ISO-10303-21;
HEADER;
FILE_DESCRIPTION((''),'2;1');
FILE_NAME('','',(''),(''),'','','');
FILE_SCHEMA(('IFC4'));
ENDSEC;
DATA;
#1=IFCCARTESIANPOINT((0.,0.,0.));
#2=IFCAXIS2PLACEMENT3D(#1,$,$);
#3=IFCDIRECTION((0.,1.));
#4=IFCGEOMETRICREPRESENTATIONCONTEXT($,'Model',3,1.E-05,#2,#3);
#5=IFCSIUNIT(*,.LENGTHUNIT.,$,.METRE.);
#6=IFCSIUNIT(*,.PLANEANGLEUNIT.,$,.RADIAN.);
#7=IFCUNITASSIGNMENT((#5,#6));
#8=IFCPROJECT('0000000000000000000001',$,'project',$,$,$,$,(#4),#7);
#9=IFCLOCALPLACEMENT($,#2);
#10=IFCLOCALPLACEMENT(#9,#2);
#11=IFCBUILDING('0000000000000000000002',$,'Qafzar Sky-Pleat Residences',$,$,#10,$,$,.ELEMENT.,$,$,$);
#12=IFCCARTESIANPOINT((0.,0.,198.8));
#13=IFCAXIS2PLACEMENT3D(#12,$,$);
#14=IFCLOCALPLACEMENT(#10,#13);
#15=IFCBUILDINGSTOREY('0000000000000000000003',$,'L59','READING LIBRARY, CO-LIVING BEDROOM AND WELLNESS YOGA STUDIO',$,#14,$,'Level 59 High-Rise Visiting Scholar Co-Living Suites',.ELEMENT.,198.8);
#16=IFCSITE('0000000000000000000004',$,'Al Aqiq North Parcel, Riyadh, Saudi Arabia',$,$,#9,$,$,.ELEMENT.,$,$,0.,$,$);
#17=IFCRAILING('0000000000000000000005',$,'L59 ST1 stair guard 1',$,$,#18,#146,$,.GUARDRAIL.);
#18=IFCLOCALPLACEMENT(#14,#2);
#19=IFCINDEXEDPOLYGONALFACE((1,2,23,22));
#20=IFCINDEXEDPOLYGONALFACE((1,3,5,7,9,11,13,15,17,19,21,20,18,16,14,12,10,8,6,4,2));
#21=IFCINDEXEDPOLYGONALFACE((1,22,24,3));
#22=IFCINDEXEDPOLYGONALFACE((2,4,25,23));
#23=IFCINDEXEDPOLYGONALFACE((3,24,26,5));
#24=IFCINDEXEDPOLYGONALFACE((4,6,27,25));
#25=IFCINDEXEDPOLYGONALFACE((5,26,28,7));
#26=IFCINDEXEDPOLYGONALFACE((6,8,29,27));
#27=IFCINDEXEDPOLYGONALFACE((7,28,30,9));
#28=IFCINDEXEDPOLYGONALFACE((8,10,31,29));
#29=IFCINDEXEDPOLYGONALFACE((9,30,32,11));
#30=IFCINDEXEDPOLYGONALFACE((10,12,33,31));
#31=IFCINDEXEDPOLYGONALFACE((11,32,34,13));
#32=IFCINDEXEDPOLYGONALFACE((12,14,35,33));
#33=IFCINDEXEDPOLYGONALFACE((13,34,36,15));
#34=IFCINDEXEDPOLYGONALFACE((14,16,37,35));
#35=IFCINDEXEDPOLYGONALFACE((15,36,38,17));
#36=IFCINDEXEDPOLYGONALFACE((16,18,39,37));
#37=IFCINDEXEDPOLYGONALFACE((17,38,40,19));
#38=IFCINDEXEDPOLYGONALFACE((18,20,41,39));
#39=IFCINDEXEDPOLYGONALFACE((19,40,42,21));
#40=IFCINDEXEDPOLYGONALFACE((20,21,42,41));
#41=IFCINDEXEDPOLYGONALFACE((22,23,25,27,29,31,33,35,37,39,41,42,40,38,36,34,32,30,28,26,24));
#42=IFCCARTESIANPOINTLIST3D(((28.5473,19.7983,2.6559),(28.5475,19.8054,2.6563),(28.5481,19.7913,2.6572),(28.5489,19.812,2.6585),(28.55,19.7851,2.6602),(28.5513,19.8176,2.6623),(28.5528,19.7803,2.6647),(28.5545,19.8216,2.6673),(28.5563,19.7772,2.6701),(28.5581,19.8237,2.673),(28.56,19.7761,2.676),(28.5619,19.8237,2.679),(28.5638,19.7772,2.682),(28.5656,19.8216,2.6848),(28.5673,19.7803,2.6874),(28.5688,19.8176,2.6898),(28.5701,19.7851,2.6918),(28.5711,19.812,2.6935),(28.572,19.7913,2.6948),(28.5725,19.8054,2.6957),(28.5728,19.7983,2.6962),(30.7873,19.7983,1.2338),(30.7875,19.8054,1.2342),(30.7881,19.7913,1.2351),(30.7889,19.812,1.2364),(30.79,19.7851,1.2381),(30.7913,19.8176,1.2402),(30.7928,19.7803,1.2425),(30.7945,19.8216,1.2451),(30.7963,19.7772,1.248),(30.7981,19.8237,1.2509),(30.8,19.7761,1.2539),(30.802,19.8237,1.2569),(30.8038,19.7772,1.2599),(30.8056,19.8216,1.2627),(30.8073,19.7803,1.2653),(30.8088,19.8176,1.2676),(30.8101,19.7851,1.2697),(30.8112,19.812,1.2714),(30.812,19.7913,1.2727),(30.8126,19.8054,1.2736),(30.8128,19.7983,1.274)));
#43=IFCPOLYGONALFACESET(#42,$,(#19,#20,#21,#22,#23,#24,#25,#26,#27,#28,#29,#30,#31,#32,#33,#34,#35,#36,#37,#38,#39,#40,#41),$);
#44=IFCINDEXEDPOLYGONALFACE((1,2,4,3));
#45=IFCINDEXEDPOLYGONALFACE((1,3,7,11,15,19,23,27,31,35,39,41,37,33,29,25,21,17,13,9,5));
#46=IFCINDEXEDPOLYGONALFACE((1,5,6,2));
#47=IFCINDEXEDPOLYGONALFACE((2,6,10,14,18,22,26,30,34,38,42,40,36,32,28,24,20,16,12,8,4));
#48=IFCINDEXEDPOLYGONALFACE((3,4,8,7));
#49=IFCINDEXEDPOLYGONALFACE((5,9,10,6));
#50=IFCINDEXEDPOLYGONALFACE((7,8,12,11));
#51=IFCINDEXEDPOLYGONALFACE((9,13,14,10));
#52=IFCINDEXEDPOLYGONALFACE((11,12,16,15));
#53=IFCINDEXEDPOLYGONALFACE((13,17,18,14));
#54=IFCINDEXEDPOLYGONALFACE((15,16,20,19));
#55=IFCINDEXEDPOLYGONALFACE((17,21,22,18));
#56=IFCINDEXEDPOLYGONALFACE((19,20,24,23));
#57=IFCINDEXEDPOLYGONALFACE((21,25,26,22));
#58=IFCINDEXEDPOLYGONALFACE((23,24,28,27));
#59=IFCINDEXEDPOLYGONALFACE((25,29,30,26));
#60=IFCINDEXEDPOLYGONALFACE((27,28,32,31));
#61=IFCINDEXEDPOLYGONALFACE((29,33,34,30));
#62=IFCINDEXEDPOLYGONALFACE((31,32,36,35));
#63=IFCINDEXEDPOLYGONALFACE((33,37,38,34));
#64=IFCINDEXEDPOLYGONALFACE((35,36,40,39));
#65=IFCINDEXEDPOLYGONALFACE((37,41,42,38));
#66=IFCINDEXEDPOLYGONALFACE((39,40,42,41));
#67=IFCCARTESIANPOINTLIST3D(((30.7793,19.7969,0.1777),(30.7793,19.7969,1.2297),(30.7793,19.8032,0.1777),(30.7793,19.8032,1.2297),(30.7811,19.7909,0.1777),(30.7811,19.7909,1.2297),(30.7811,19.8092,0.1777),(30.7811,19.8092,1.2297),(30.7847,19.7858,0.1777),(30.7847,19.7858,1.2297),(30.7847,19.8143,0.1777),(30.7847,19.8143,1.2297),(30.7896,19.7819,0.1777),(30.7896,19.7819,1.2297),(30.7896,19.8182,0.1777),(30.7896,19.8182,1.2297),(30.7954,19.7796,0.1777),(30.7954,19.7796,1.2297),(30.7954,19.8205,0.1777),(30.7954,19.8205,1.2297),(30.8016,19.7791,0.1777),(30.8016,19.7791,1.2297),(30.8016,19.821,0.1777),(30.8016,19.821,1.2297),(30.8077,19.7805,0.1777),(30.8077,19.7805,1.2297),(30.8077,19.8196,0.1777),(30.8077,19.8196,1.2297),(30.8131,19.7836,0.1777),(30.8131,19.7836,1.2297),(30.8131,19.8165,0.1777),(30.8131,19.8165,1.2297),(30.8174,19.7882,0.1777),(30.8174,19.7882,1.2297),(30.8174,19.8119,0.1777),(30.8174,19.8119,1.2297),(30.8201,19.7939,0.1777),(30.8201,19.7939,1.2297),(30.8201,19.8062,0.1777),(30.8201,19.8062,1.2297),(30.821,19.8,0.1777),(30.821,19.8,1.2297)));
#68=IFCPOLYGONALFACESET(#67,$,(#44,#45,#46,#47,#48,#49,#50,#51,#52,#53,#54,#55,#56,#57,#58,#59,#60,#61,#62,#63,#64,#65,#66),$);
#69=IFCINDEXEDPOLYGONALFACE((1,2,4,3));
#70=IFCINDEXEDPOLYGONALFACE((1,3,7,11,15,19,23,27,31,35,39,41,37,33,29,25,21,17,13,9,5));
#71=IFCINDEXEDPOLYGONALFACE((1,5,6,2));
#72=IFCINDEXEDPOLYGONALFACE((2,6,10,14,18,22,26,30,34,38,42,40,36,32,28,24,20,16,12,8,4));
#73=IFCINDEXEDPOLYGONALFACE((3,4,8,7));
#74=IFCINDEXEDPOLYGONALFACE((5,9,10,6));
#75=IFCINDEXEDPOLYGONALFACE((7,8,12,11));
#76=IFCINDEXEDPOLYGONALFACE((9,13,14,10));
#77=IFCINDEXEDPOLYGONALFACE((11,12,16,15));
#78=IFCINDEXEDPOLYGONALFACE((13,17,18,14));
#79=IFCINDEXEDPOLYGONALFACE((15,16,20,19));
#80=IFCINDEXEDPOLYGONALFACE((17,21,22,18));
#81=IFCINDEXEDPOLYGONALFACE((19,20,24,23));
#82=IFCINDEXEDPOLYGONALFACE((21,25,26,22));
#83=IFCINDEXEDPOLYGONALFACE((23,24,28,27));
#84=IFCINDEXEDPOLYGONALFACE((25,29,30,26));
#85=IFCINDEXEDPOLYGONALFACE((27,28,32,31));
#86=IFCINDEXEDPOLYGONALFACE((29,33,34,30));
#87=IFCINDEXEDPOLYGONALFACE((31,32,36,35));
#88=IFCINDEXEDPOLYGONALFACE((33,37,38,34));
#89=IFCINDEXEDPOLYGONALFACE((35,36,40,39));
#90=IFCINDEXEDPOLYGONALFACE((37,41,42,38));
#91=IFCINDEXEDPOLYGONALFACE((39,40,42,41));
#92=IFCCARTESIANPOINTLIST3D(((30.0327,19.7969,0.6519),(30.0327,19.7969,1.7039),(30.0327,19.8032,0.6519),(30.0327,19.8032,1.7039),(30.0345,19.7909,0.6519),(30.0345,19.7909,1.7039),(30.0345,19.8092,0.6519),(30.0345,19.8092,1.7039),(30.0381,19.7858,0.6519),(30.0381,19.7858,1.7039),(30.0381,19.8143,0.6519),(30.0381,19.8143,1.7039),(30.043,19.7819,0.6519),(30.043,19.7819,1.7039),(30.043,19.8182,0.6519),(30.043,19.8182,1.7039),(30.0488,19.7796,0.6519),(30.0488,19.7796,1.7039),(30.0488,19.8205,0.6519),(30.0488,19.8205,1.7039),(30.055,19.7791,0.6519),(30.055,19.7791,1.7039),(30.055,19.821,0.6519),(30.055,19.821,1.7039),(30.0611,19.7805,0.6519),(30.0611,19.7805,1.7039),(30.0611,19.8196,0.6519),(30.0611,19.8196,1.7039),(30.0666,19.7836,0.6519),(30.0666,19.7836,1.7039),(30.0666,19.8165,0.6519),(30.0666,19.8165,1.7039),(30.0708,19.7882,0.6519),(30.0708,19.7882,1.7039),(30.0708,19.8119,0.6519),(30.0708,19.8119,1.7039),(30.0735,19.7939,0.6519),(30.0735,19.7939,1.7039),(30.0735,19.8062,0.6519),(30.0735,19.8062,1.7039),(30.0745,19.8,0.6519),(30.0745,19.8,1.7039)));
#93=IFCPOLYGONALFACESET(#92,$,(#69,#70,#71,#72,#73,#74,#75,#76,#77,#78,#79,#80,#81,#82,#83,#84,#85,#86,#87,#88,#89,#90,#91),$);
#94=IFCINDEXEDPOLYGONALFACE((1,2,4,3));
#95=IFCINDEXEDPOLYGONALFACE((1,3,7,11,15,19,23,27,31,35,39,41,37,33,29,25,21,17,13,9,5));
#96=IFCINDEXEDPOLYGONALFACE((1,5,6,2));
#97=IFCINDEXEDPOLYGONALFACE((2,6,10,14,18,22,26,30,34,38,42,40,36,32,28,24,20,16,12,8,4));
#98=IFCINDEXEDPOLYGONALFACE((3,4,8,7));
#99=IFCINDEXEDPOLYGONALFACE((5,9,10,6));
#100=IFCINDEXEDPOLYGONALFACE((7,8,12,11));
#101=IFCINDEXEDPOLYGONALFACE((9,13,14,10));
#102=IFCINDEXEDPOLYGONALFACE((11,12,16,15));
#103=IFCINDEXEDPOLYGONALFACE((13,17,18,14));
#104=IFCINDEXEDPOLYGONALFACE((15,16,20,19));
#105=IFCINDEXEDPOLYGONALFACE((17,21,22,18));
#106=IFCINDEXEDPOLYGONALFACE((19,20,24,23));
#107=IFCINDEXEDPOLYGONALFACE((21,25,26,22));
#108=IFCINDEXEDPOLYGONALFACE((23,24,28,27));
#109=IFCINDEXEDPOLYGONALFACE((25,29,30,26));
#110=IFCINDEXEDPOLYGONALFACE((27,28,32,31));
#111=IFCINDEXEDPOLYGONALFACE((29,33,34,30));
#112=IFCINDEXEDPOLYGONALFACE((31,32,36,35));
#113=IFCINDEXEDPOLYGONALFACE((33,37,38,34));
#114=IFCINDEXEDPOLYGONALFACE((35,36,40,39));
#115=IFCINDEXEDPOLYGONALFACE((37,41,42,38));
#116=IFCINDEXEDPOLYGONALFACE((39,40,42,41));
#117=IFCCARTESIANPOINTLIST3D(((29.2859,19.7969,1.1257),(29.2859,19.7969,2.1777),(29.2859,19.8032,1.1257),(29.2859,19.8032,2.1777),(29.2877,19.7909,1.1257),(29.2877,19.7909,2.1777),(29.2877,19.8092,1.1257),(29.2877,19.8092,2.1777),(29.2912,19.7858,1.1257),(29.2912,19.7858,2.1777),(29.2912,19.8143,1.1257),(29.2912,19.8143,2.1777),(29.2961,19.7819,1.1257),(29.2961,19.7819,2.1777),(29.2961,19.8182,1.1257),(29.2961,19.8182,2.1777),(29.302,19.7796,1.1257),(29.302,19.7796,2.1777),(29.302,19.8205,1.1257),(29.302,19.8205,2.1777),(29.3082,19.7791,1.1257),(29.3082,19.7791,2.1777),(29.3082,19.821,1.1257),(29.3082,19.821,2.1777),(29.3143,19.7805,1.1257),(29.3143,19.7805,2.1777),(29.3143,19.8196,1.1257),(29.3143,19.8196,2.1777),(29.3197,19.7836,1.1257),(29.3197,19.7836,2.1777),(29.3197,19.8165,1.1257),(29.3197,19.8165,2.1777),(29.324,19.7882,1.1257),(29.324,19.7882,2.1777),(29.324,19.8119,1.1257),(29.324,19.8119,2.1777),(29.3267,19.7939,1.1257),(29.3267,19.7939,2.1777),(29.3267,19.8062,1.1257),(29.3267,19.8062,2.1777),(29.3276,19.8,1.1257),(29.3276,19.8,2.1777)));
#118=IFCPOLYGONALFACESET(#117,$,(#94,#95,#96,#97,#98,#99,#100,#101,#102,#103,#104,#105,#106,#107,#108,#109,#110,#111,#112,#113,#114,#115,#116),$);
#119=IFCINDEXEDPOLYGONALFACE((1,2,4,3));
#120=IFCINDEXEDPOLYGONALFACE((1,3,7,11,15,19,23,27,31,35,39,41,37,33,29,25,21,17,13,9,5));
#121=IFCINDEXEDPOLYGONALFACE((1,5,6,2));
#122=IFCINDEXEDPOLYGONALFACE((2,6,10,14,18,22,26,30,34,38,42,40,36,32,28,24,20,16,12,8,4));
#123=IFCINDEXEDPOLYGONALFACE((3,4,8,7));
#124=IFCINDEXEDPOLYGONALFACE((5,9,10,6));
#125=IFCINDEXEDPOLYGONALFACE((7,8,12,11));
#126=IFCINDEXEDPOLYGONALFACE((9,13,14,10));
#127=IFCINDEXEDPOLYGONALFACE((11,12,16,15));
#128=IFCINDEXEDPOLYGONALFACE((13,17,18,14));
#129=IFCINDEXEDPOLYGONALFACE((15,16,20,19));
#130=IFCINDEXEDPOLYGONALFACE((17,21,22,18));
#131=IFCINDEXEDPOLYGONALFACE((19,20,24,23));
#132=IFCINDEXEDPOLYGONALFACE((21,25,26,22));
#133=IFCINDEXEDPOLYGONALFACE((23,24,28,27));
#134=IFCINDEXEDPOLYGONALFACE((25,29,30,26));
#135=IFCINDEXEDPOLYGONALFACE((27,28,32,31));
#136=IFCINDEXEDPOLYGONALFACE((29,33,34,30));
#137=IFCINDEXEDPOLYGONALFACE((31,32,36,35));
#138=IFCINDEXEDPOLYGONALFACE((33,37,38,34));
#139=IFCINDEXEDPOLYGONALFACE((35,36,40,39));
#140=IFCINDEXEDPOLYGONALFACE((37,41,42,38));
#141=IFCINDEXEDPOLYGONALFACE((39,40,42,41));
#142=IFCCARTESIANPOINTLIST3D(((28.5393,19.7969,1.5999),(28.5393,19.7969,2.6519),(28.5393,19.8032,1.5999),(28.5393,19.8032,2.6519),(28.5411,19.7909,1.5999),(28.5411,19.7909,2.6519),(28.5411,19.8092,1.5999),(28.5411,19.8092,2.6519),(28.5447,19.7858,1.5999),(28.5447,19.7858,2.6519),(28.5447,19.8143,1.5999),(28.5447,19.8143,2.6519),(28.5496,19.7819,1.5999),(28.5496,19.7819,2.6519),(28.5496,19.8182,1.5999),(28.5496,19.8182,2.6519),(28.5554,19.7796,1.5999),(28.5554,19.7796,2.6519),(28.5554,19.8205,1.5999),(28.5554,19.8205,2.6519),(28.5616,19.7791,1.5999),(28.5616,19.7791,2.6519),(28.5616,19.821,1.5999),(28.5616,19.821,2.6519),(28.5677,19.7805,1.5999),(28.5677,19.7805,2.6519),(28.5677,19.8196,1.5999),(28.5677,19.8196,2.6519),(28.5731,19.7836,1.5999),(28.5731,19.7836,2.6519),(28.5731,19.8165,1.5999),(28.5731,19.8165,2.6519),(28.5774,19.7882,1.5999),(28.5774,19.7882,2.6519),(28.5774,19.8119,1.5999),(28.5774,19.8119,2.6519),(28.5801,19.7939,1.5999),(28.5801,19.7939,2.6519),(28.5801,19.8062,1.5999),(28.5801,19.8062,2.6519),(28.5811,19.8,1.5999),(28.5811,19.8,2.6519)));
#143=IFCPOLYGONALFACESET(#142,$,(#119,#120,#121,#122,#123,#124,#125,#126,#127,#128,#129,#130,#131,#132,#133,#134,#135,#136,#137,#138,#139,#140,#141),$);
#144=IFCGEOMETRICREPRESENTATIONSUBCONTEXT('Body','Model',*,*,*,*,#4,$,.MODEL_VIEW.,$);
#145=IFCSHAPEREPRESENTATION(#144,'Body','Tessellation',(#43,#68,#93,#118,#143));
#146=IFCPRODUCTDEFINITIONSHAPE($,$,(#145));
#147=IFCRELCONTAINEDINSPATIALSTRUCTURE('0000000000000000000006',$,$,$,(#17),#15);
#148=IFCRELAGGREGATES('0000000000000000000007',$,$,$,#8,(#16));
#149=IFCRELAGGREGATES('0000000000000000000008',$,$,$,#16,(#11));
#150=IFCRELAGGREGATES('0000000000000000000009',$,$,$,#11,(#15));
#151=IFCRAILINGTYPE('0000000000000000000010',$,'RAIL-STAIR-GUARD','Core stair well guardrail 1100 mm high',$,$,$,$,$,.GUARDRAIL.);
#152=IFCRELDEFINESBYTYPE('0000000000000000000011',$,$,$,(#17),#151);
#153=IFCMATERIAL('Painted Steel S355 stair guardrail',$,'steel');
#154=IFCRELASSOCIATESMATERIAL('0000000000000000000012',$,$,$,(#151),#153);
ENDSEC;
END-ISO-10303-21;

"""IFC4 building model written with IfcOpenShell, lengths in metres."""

from ifc_helpers import new_model, si_unit, direction, frame, origin, origin_2d, place, context, subcontext, project, spatial, circle, extrude, source, transform, mapped, material, type_object, element, save


model = new_model("IFC4")

# Units and contexts
model_context = context("Model", 3, precision=1e-05, world=origin(), true_north=direction((0.0, 1.0)))
body_context = subcontext(model_context, "Body", "Model", "MODEL_VIEW")
ifc_project = project(units=[si_unit("LENGTHUNIT", "METRE"), si_unit("PLANEANGLEUNIT", "RADIAN")], contexts=[model_context])

# Site, building, storey
site_placement = place(None, origin())
site = spatial("IfcSite", under=ifc_project, at=site_placement, Name="Al Aqiq North Parcel, Riyadh, Saudi Arabia", CompositionType="ELEMENT", RefElevation=0.0)
building_placement = place(site_placement, origin())
building = spatial("IfcBuilding", under=site, at=building_placement, Name="Qafzar Sky-Pleat Residences", CompositionType="ELEMENT")
storey_placement = place(building_placement, frame((0.0, 0.0, 198.8)))
storey = spatial("IfcBuildingStorey", under=building, at=storey_placement, Name="L59", Description="READING LIBRARY, CO-LIVING BEDROOM AND WELLNESS YOGA STUDIO", LongName="Level 59 High-Rise Visiting Scholar Co-Living Suites", CompositionType="ELEMENT", Elevation=198.8)

# Railing
ifc_material_1 = material(Name="Painted Steel S355 stair guardrail", Category="steel")
railing_type_1 = type_object("IfcRailingType", Name="RAIL-STAIR-GUARD", Description="Core stair well guardrail 1100 mm high", PredefinedType="GUARDRAIL", material=ifc_material_1)
shared_shape_1 = source(origin(), body_context, "Body", "SweptSolid", [
    extrude(circle(Radius=0.0239, at=origin_2d()), frame((0.0, 0.0, 1.0762), z_axis=(-0.844229, 0.0, 0.535982), x_axis=(0.0, -1.0, 0.0)), (0.0, 0.0, 1.0), 2.6533),
    extrude(circle(Radius=0.021, at=origin_2d()), origin(), (0.0, 0.0, 1.0), 1.052),
    extrude(circle(Radius=0.021, at=origin_2d()), frame((-0.7466, 0.0, 0.4741)), (0.0, 0.0, 1.0), 1.052),
    extrude(circle(Radius=0.021, at=origin_2d()), frame((-1.4934, 0.0, 0.948)), (0.0, 0.0, 1.0), 1.052),
    extrude(circle(Radius=0.021, at=origin_2d()), frame((-2.24, 0.0, 1.4221)), (0.0, 0.0, 1.0), 1.052),
])
railing_1_placement = place(storey_placement, frame((30.8, 19.8, 0.1777)))
element("IfcRailing", 1, at=railing_1_placement, inside=storey, type_object=railing_type_1, Name="L59 ST1 stair guard 1", PredefinedType="GUARDRAIL", context=body_context, shape_type="MappedRepresentation", body=[
    mapped(shared_shape_1, transform((0.0, 0.0, 0.0), x_axis=(1.0, 0.0, 0.0), y_axis=(0.0, 1.0, 0.0), z_axis=(0.0, 0.0, 1.0), scale=1.0)),
])

save(model, "model.ifc")
